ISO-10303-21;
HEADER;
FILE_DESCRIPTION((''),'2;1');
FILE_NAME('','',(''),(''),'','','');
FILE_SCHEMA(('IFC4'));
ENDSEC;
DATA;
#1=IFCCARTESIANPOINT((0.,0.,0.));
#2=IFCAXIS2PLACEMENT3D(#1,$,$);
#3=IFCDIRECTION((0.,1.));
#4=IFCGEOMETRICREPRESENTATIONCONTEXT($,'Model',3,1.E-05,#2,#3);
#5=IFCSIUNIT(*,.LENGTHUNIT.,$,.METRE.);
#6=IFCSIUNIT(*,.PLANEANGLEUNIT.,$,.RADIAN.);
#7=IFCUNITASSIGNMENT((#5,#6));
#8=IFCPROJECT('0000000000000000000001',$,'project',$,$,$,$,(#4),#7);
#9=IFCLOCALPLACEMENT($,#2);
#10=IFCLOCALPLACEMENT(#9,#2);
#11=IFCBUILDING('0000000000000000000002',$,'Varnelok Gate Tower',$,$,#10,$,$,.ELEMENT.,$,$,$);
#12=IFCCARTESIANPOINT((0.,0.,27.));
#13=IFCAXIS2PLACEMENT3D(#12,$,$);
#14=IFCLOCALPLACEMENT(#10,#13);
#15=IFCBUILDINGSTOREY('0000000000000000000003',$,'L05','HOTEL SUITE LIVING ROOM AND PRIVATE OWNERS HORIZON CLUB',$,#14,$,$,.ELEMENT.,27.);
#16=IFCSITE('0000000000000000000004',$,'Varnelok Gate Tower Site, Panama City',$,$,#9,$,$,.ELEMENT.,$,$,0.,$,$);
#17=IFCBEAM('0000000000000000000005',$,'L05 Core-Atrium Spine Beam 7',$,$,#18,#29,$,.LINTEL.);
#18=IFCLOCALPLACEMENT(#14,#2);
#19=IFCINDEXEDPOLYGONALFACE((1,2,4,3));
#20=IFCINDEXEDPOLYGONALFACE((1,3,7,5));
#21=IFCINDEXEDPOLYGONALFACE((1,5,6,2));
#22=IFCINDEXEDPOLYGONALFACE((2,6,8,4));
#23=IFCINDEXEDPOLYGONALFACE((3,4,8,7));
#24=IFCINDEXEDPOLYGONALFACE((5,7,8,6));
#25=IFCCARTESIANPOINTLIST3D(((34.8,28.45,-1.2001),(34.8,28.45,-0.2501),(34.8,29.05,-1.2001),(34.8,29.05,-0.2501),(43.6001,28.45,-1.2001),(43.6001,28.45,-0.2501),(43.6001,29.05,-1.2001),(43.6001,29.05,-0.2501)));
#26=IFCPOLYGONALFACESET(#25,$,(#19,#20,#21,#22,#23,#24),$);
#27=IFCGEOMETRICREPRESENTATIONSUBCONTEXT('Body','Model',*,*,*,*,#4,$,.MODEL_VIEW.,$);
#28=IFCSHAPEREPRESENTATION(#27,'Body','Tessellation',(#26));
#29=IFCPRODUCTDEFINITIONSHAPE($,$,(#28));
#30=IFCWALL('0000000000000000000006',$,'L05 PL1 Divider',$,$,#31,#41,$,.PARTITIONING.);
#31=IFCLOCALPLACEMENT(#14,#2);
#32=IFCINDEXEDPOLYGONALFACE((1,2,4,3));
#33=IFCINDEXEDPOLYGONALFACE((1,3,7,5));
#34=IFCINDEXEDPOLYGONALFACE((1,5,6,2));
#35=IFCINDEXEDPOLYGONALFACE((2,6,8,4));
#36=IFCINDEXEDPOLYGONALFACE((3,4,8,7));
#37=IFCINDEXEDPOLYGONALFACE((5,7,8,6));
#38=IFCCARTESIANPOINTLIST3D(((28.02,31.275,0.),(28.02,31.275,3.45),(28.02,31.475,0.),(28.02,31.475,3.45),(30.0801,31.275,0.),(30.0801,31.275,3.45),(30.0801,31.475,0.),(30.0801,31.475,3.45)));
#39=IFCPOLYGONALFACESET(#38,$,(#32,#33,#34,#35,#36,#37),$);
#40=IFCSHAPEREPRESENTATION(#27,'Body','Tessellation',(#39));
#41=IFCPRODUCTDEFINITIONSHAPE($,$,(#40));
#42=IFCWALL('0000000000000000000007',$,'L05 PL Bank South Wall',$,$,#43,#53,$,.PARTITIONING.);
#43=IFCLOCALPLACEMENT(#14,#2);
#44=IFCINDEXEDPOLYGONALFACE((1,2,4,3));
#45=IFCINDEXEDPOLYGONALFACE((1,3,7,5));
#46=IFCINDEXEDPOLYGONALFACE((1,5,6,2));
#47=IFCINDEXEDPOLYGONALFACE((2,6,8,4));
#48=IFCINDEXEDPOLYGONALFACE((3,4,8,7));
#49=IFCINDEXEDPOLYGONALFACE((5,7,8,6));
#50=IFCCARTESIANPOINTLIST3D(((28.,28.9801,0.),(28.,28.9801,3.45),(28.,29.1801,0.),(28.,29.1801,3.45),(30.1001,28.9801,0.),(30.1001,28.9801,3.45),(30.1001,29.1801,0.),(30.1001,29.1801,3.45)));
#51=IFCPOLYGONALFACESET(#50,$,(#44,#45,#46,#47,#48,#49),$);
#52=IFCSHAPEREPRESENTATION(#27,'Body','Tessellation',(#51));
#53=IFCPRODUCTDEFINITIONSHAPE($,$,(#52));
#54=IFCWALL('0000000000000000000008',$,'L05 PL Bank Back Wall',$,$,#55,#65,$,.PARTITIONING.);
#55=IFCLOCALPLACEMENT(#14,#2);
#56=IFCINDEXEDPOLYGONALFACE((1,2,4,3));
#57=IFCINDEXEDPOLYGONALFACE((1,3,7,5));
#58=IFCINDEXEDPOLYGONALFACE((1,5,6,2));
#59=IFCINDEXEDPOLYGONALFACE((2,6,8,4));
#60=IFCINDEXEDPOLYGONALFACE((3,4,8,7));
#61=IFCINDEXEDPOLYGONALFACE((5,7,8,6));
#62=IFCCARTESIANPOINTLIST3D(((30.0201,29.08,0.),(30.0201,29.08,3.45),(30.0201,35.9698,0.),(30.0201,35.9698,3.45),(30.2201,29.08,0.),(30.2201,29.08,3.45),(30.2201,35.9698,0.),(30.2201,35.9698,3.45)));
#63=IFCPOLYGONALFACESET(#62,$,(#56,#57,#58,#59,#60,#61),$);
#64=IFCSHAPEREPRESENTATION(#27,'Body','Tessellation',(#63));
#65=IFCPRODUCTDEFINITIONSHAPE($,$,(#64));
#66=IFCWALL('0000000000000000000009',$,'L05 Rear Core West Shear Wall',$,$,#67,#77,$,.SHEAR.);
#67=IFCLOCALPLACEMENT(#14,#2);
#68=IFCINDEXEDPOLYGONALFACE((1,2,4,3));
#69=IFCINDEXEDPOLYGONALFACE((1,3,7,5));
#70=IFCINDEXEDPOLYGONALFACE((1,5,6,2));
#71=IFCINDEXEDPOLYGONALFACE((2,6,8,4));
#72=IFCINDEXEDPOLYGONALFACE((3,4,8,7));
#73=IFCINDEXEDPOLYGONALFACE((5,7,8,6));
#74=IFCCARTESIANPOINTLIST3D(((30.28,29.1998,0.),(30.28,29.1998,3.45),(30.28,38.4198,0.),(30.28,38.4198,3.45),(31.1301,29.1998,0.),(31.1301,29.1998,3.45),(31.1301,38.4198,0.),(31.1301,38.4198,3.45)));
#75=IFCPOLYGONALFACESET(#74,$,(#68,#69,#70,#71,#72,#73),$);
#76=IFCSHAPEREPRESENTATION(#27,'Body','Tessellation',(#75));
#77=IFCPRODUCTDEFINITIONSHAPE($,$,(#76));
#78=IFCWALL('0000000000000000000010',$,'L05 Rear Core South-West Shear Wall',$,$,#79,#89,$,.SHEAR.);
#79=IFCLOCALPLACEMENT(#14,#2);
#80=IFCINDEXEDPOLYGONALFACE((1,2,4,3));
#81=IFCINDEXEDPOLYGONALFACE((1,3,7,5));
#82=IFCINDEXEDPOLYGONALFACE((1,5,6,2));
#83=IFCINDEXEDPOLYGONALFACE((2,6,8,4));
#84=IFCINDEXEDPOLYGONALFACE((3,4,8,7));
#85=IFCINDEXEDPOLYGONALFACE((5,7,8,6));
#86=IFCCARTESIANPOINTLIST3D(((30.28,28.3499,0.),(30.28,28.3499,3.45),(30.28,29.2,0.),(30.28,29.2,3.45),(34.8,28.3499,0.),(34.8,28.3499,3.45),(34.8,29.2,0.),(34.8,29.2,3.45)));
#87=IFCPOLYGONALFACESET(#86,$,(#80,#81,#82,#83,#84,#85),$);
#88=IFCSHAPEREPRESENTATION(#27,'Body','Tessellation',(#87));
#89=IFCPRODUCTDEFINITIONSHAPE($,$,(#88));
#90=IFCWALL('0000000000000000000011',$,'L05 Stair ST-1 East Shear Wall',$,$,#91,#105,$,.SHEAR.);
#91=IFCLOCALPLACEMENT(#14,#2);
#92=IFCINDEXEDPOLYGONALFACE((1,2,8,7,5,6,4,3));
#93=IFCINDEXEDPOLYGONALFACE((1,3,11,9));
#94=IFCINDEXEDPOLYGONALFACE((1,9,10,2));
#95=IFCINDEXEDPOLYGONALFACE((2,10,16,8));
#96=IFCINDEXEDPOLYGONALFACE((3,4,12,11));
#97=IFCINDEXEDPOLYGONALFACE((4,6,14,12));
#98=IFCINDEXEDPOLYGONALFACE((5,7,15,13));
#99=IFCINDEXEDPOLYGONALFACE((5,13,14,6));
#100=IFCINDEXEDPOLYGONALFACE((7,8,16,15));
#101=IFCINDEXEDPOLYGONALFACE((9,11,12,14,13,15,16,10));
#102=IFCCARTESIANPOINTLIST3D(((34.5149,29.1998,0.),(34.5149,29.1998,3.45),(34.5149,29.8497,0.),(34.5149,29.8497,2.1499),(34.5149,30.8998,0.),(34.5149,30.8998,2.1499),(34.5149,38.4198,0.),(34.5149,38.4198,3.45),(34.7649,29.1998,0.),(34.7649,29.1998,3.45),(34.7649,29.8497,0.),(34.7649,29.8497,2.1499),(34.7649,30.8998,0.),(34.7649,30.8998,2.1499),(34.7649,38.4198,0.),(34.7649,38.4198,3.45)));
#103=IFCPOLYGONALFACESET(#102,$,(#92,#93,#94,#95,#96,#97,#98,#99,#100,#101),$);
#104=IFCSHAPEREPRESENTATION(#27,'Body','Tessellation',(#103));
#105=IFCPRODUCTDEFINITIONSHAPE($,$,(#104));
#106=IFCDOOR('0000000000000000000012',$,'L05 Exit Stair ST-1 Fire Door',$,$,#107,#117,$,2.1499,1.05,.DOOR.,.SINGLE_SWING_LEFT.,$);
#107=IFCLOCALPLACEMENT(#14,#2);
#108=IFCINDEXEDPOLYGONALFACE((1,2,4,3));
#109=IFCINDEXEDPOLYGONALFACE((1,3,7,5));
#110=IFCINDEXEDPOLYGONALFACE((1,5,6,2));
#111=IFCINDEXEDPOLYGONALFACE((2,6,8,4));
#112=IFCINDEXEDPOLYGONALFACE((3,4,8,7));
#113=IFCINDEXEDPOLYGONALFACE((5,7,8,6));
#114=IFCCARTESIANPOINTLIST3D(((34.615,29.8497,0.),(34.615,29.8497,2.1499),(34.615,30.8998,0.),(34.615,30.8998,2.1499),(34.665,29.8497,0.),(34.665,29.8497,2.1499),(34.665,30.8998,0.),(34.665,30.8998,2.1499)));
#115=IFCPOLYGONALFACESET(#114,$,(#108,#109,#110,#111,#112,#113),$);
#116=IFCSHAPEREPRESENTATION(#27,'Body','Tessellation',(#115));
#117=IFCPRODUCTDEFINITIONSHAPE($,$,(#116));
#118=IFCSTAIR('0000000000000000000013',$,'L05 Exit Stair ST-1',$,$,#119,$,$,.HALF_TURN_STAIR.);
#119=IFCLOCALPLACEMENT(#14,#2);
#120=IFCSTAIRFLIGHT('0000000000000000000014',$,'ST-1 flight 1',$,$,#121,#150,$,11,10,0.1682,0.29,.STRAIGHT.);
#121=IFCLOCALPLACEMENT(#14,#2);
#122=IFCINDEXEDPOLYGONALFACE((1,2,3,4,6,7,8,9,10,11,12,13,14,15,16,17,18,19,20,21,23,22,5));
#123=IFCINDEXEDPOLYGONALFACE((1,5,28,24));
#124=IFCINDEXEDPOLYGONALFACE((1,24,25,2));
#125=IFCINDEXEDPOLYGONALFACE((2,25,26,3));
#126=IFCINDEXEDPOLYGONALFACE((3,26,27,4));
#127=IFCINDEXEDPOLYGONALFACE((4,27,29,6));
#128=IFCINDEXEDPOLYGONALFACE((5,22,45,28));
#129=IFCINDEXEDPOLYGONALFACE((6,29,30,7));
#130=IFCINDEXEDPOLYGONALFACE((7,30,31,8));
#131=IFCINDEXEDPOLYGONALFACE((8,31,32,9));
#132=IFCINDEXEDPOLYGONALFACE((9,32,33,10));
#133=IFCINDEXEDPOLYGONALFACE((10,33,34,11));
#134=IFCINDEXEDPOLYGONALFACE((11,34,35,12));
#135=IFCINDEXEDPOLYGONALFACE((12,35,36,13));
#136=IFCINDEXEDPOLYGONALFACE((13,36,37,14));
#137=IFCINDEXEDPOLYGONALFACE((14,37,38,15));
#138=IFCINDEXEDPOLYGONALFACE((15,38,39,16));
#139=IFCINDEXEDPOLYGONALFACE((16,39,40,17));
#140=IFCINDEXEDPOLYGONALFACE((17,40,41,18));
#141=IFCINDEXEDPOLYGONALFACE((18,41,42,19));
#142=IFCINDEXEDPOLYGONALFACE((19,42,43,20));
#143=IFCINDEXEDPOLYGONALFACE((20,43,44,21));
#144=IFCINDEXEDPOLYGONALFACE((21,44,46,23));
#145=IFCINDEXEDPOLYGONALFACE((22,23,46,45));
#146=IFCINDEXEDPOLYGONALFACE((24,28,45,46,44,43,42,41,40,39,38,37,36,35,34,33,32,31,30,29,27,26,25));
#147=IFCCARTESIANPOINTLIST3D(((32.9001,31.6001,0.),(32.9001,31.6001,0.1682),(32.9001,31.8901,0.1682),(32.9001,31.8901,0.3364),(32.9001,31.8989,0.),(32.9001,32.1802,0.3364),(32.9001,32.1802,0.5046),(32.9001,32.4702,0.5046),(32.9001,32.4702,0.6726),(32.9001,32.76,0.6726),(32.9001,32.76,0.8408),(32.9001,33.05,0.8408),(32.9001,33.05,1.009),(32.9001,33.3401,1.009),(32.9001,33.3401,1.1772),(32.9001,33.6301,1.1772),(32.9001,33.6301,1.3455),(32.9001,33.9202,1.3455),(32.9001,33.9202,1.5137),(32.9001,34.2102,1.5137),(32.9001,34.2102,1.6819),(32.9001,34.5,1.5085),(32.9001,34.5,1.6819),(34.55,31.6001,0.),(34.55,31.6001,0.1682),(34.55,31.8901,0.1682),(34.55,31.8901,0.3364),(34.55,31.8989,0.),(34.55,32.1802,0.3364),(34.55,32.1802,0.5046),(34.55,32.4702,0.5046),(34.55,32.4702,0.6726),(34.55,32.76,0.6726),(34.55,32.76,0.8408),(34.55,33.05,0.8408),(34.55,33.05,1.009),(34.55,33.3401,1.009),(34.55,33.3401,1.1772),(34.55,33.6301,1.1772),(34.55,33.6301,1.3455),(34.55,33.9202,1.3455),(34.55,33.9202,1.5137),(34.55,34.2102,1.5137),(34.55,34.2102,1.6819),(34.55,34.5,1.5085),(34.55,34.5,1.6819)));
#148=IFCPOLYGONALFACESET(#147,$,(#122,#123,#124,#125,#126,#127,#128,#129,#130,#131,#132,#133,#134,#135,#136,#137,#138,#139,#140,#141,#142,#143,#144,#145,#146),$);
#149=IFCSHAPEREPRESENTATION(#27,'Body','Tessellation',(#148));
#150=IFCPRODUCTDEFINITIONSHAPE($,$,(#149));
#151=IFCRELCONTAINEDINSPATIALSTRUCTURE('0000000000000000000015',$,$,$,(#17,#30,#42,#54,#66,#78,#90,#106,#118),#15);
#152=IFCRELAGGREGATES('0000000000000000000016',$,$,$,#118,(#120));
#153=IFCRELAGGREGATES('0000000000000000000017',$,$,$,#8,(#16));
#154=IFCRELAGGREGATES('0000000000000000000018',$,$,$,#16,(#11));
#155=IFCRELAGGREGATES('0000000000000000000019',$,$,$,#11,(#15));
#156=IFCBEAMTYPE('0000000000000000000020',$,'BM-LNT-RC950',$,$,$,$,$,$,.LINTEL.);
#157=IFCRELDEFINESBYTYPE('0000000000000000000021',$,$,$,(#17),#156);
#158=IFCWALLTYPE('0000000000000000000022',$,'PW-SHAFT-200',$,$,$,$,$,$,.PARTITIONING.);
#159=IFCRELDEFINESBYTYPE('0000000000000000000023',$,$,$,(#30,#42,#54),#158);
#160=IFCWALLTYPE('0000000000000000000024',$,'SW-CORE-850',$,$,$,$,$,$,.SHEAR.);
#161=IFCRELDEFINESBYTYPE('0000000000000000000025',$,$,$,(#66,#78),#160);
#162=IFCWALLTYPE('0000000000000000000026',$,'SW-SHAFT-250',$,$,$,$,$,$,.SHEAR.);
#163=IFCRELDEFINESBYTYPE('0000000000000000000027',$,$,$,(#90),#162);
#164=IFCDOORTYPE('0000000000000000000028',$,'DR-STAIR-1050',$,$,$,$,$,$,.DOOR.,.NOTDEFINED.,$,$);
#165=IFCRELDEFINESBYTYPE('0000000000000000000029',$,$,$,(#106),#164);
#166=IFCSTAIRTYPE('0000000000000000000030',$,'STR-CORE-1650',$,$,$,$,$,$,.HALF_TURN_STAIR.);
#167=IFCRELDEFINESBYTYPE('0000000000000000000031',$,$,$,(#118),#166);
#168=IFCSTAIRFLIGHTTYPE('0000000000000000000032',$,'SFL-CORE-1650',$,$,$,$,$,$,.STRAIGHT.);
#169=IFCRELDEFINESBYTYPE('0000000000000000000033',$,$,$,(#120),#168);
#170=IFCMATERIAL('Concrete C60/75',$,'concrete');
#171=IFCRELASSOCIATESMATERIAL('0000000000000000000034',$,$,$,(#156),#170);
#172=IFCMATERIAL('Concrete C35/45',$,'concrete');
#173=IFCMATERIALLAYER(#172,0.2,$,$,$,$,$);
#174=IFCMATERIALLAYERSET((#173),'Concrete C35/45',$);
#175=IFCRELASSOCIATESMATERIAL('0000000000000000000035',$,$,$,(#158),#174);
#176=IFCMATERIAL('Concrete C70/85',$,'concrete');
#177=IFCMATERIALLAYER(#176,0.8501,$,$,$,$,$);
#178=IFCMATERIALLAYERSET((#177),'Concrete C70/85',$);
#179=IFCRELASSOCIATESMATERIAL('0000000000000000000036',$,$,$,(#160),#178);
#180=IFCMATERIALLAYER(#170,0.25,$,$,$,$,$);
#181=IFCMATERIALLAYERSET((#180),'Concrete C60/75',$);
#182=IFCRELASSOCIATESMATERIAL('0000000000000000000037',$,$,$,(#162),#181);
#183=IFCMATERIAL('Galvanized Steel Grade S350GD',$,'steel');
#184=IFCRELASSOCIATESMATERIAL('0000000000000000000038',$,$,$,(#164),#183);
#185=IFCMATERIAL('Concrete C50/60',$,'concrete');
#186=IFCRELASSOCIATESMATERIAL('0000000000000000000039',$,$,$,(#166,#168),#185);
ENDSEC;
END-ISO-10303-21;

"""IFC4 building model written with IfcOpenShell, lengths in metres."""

from ifc_helpers import new_model, si_unit, direction, frame, frame_2d, origin, origin_2d, place, context, subcontext, project, spatial, polyline, rectangle, outline, extrude, material, layer, layer_set, material_profile, profile_set, type_object, element, fill, aggregate, save


model = new_model("IFC4")

# Units and contexts
model_context = context("Model", 3, precision=1e-05, world=origin(), true_north=direction((0.0, 1.0)))
body_context = subcontext(model_context, "Body", "Model", "MODEL_VIEW")
ifc_project = project(units=[si_unit("LENGTHUNIT", "METRE"), si_unit("PLANEANGLEUNIT", "RADIAN")], contexts=[model_context])

# Site, building, storey
site_placement = place(None, origin())
site = spatial("IfcSite", under=ifc_project, at=site_placement, Name="Varnelok Gate Tower Site, Panama City", CompositionType="ELEMENT", RefElevation=0.0)
building_placement = place(site_placement, origin())
building = spatial("IfcBuilding", under=site, at=building_placement, Name="Varnelok Gate Tower", CompositionType="ELEMENT")
storey_placement = place(building_placement, frame((0.0, 0.0, 27.0)))
storey = spatial("IfcBuildingStorey", under=building, at=storey_placement, Name="L05", Description="HOTEL SUITE LIVING ROOM AND PRIVATE OWNERS HORIZON CLUB", CompositionType="ELEMENT", Elevation=27.0)

# Beam
ifc_material_1 = material(Name="Concrete C60/75", Category="concrete")
ifc_material_profile = material_profile(ifc_material_1, rectangle(XDim=0.6001, YDim=0.95, at=origin_2d()), Name="RC950X600")
ifc_profile_set = profile_set([ifc_material_profile], Name="Concrete C60/75")
beam_type = type_object("IfcBeamType", Name="BM-LNT-RC950", PredefinedType="LINTEL", material=ifc_profile_set)
beam_placement = place(storey_placement, frame((34.8, 28.75, -0.7251), z_axis=(1.0, 0.0, 0.0), x_axis=(0.0, 1.0, 0.0)))
element("IfcBeam", 1, at=beam_placement, inside=storey, type_object=beam_type, Name="L05 Core-Atrium Spine Beam 7", PredefinedType="LINTEL", context=body_context, shape_type="SweptSolid", body=[
    extrude(rectangle(XDim=0.6001, YDim=0.95, at=origin_2d()), origin(), (0.0, 0.0, 1.0), 8.8),
])

# Walls
ifc_material_2 = material(Name="Concrete C35/45", Category="concrete")
ifc_layer_1 = layer(ifc_material_2, 0.2)
ifc_layer_set_1 = layer_set([ifc_layer_1], Name="Concrete C35/45")
wall_type_1 = type_object("IfcWallType", Name="PW-SHAFT-200", PredefinedType="PARTITIONING", material=ifc_layer_set_1)
wall_1_placement = place(storey_placement, frame((28.02, 31.375, 0.0), z_axis=(0.0, 0.0, 1.0), x_axis=(1.0, 0.0, 0.0)))
element("IfcWall", 2, at=wall_1_placement, inside=storey, type_object=wall_type_1, Name="L05 PL1 Divider", PredefinedType="PARTITIONING", context=body_context, shape_type="SweptSolid", body=[
    extrude(rectangle(XDim=2.0601, YDim=0.2, at=frame_2d((1.03, 0.0))), origin(), (0.0, 0.0, 1.0), 3.45),
])
wall_2_placement = place(storey_placement, frame((28.0, 29.0801, 0.0), z_axis=(0.0, 0.0, 1.0), x_axis=(1.0, 0.0, 0.0)))
element("IfcWall", 3, at=wall_2_placement, inside=storey, type_object=wall_type_1, Name="L05 PL Bank South Wall", PredefinedType="PARTITIONING", context=body_context, shape_type="SweptSolid", body=[
    extrude(rectangle(XDim=2.1001, YDim=0.2, at=frame_2d((1.05, 0.0))), origin(), (0.0, 0.0, 1.0), 3.45),
])
wall_3_placement = place(storey_placement, frame((30.1201, 29.0801, 0.0), z_axis=(0.0, 0.0, 1.0), x_axis=(0.0, 1.0, 0.0)))
element("IfcWall", 4, at=wall_3_placement, inside=storey, type_object=wall_type_1, Name="L05 PL Bank Back Wall", PredefinedType="PARTITIONING", context=body_context, shape_type="SweptSolid", body=[
    extrude(rectangle(XDim=6.8899, YDim=0.2, at=frame_2d((3.4448, 0.0))), origin(), (0.0, 0.0, 1.0), 3.45),
])

# Shared definitions
ifc_material_3 = material(Name="Galvanized Steel Grade S350GD", Category="steel")

# Walls
ifc_material_4 = material(Name="Concrete C70/85", Category="concrete")
ifc_layer_2 = layer(ifc_material_4, 0.8501)
ifc_layer_set_2 = layer_set([ifc_layer_2], Name="Concrete C70/85")
wall_type_2 = type_object("IfcWallType", Name="SW-CORE-850", PredefinedType="SHEAR", material=ifc_layer_set_2)
wall_4_placement = place(storey_placement, frame((30.7051, 29.2, 0.0), z_axis=(0.0, 0.0, 1.0), x_axis=(0.0, 1.0, 0.0)))
element("IfcWall", 5, at=wall_4_placement, inside=storey, type_object=wall_type_2, Name="L05 Rear Core West Shear Wall", PredefinedType="SHEAR", context=body_context, shape_type="SweptSolid", body=[
    extrude(rectangle(XDim=9.22, YDim=0.8501, at=frame_2d((4.6099, 0.0))), origin(), (0.0, 0.0, 1.0), 3.45),
])
wall_5_placement = place(storey_placement, frame((30.28, 28.7749, 0.0), z_axis=(0.0, 0.0, 1.0), x_axis=(1.0, 0.0, 0.0)))
element("IfcWall", 6, at=wall_5_placement, inside=storey, type_object=wall_type_2, Name="L05 Rear Core South-West Shear Wall", PredefinedType="SHEAR", context=body_context, shape_type="SweptSolid", body=[
    extrude(rectangle(XDim=4.52, YDim=0.8501, at=frame_2d((2.26, 0.0))), origin(), (0.0, 0.0, 1.0), 3.45),
])

# Wall, opening, door
ifc_layer_3 = layer(ifc_material_1, 0.25)
ifc_layer_set_3 = layer_set([ifc_layer_3], Name="Concrete C60/75")
wall_type_3 = type_object("IfcWallType", Name="SW-SHAFT-250", PredefinedType="SHEAR", material=ifc_layer_set_3)
wall_6_placement = place(storey_placement, frame((34.6399, 29.2, 0.0), z_axis=(0.0, 0.0, 1.0), x_axis=(0.0, 1.0, 0.0)))
wall_6 = element("IfcWall", 7, at=wall_6_placement, inside=storey, type_object=wall_type_3, Name="L05 Stair ST-1 East Shear Wall", PredefinedType="SHEAR", context=body_context, shape_type="SweptSolid", body=[
    extrude(rectangle(XDim=9.22, YDim=0.25, at=frame_2d((4.6099, 0.0))), origin(), (0.0, 0.0, 1.0), 3.45),
])
opening_1_placement = place(wall_6_placement, frame((0.6499, 0.0, 0.0)))
opening_1 = element("IfcOpeningElement", 8, at=opening_1_placement, cuts=wall_6, PredefinedType="OPENING", context=body_context, shape_type="SweptSolid", body=[
    extrude(rectangle(XDim=1.05, YDim=2.1499, at=frame_2d((0.5249, 1.075))), frame((0.0, 0.135, 0.0), z_axis=(0.0, -1.0, 0.0), x_axis=(1.0, 0.0, 0.0)), (0.0, 0.0, 1.0), 0.27),
])
door_type_1 = type_object("IfcDoorType", Name="DR-STAIR-1050", OperationType="NOTDEFINED", PredefinedType="DOOR", material=ifc_material_3)
door_1_placement = place(opening_1_placement, origin())
door_1 = element("IfcDoor", 9, at=door_1_placement, inside=storey, type_object=door_type_1, Name="L05 Exit Stair ST-1 Fire Door", OperationType="SINGLE_SWING_LEFT", OverallHeight=2.1499, OverallWidth=1.05, PredefinedType="DOOR", context=body_context, shape_type="SweptSolid", body=[
    extrude(rectangle(XDim=1.05, YDim=2.1499, at=frame_2d((0.5249, 1.075))), frame((0.0, 0.0249, 0.0), z_axis=(0.0, -1.0, 0.0), x_axis=(1.0, 0.0, 0.0)), (0.0, 0.0, 1.0), 0.05),
])
fill(opening_1, door_1)

# Stair, stair flight
ifc_material_5 = material(Name="Concrete C50/60", Category="concrete")
stair_type = type_object("IfcStairType", Name="STR-CORE-1650", PredefinedType="HALF_TURN_STAIR", material=ifc_material_5)
stair_placement = place(storey_placement, origin())
stair = element("IfcStair", 10, at=stair_placement, inside=storey, type_object=stair_type, Name="L05 Exit Stair ST-1", PredefinedType="HALF_TURN_STAIR")
stair_flight_type = type_object("IfcStairFlightType", Name="SFL-CORE-1650", PredefinedType="STRAIGHT", material=ifc_material_5)
stair_flight_placement = place(storey_placement, frame((33.7251, 31.6001, 0.0), z_axis=(0.0, 0.0, 1.0), x_axis=(0.0, 1.0, 0.0)))
stair_flight = element("IfcStairFlight", 11, at=stair_flight_placement, type_object=stair_flight_type, Name="ST-1 flight 1", NumberOfRisers=11, NumberOfTreads=10, PredefinedType="STRAIGHT", RiserHeight=0.1682, TreadLength=0.29, context=body_context, shape_type="SweptSolid", body=[
    extrude(outline(polyline([(0.0, 0.0), (0.0, 0.1682), (0.29, 0.1682), (0.29, 0.3364), (0.5801, 0.3364), (0.5801, 0.5046), (0.8701, 0.5046), (0.8701, 0.6726), (1.1599, 0.6726), (1.1599, 0.8408), (1.45, 0.8408), (1.45, 1.009), (1.74, 1.009), (1.74, 1.1772), (2.03, 1.1772), (2.03, 1.3455), (2.3201, 1.3455), (2.3201, 1.5137), (2.6101, 1.5137), (2.6101, 1.6819), (2.8999, 1.6819), (2.8999, 1.8501), (2.8999, 1.5085), (0.2988, 0.0), (0.0, 0.0)])), frame((0.0, 0.825, 0.0), z_axis=(0.0, -1.0, 0.0), x_axis=(1.0, 0.0, 0.0)), (0.0, 0.0, 1.0), 1.6499),
])
aggregate(stair, [stair_flight])

save(model, "model.ifc")
